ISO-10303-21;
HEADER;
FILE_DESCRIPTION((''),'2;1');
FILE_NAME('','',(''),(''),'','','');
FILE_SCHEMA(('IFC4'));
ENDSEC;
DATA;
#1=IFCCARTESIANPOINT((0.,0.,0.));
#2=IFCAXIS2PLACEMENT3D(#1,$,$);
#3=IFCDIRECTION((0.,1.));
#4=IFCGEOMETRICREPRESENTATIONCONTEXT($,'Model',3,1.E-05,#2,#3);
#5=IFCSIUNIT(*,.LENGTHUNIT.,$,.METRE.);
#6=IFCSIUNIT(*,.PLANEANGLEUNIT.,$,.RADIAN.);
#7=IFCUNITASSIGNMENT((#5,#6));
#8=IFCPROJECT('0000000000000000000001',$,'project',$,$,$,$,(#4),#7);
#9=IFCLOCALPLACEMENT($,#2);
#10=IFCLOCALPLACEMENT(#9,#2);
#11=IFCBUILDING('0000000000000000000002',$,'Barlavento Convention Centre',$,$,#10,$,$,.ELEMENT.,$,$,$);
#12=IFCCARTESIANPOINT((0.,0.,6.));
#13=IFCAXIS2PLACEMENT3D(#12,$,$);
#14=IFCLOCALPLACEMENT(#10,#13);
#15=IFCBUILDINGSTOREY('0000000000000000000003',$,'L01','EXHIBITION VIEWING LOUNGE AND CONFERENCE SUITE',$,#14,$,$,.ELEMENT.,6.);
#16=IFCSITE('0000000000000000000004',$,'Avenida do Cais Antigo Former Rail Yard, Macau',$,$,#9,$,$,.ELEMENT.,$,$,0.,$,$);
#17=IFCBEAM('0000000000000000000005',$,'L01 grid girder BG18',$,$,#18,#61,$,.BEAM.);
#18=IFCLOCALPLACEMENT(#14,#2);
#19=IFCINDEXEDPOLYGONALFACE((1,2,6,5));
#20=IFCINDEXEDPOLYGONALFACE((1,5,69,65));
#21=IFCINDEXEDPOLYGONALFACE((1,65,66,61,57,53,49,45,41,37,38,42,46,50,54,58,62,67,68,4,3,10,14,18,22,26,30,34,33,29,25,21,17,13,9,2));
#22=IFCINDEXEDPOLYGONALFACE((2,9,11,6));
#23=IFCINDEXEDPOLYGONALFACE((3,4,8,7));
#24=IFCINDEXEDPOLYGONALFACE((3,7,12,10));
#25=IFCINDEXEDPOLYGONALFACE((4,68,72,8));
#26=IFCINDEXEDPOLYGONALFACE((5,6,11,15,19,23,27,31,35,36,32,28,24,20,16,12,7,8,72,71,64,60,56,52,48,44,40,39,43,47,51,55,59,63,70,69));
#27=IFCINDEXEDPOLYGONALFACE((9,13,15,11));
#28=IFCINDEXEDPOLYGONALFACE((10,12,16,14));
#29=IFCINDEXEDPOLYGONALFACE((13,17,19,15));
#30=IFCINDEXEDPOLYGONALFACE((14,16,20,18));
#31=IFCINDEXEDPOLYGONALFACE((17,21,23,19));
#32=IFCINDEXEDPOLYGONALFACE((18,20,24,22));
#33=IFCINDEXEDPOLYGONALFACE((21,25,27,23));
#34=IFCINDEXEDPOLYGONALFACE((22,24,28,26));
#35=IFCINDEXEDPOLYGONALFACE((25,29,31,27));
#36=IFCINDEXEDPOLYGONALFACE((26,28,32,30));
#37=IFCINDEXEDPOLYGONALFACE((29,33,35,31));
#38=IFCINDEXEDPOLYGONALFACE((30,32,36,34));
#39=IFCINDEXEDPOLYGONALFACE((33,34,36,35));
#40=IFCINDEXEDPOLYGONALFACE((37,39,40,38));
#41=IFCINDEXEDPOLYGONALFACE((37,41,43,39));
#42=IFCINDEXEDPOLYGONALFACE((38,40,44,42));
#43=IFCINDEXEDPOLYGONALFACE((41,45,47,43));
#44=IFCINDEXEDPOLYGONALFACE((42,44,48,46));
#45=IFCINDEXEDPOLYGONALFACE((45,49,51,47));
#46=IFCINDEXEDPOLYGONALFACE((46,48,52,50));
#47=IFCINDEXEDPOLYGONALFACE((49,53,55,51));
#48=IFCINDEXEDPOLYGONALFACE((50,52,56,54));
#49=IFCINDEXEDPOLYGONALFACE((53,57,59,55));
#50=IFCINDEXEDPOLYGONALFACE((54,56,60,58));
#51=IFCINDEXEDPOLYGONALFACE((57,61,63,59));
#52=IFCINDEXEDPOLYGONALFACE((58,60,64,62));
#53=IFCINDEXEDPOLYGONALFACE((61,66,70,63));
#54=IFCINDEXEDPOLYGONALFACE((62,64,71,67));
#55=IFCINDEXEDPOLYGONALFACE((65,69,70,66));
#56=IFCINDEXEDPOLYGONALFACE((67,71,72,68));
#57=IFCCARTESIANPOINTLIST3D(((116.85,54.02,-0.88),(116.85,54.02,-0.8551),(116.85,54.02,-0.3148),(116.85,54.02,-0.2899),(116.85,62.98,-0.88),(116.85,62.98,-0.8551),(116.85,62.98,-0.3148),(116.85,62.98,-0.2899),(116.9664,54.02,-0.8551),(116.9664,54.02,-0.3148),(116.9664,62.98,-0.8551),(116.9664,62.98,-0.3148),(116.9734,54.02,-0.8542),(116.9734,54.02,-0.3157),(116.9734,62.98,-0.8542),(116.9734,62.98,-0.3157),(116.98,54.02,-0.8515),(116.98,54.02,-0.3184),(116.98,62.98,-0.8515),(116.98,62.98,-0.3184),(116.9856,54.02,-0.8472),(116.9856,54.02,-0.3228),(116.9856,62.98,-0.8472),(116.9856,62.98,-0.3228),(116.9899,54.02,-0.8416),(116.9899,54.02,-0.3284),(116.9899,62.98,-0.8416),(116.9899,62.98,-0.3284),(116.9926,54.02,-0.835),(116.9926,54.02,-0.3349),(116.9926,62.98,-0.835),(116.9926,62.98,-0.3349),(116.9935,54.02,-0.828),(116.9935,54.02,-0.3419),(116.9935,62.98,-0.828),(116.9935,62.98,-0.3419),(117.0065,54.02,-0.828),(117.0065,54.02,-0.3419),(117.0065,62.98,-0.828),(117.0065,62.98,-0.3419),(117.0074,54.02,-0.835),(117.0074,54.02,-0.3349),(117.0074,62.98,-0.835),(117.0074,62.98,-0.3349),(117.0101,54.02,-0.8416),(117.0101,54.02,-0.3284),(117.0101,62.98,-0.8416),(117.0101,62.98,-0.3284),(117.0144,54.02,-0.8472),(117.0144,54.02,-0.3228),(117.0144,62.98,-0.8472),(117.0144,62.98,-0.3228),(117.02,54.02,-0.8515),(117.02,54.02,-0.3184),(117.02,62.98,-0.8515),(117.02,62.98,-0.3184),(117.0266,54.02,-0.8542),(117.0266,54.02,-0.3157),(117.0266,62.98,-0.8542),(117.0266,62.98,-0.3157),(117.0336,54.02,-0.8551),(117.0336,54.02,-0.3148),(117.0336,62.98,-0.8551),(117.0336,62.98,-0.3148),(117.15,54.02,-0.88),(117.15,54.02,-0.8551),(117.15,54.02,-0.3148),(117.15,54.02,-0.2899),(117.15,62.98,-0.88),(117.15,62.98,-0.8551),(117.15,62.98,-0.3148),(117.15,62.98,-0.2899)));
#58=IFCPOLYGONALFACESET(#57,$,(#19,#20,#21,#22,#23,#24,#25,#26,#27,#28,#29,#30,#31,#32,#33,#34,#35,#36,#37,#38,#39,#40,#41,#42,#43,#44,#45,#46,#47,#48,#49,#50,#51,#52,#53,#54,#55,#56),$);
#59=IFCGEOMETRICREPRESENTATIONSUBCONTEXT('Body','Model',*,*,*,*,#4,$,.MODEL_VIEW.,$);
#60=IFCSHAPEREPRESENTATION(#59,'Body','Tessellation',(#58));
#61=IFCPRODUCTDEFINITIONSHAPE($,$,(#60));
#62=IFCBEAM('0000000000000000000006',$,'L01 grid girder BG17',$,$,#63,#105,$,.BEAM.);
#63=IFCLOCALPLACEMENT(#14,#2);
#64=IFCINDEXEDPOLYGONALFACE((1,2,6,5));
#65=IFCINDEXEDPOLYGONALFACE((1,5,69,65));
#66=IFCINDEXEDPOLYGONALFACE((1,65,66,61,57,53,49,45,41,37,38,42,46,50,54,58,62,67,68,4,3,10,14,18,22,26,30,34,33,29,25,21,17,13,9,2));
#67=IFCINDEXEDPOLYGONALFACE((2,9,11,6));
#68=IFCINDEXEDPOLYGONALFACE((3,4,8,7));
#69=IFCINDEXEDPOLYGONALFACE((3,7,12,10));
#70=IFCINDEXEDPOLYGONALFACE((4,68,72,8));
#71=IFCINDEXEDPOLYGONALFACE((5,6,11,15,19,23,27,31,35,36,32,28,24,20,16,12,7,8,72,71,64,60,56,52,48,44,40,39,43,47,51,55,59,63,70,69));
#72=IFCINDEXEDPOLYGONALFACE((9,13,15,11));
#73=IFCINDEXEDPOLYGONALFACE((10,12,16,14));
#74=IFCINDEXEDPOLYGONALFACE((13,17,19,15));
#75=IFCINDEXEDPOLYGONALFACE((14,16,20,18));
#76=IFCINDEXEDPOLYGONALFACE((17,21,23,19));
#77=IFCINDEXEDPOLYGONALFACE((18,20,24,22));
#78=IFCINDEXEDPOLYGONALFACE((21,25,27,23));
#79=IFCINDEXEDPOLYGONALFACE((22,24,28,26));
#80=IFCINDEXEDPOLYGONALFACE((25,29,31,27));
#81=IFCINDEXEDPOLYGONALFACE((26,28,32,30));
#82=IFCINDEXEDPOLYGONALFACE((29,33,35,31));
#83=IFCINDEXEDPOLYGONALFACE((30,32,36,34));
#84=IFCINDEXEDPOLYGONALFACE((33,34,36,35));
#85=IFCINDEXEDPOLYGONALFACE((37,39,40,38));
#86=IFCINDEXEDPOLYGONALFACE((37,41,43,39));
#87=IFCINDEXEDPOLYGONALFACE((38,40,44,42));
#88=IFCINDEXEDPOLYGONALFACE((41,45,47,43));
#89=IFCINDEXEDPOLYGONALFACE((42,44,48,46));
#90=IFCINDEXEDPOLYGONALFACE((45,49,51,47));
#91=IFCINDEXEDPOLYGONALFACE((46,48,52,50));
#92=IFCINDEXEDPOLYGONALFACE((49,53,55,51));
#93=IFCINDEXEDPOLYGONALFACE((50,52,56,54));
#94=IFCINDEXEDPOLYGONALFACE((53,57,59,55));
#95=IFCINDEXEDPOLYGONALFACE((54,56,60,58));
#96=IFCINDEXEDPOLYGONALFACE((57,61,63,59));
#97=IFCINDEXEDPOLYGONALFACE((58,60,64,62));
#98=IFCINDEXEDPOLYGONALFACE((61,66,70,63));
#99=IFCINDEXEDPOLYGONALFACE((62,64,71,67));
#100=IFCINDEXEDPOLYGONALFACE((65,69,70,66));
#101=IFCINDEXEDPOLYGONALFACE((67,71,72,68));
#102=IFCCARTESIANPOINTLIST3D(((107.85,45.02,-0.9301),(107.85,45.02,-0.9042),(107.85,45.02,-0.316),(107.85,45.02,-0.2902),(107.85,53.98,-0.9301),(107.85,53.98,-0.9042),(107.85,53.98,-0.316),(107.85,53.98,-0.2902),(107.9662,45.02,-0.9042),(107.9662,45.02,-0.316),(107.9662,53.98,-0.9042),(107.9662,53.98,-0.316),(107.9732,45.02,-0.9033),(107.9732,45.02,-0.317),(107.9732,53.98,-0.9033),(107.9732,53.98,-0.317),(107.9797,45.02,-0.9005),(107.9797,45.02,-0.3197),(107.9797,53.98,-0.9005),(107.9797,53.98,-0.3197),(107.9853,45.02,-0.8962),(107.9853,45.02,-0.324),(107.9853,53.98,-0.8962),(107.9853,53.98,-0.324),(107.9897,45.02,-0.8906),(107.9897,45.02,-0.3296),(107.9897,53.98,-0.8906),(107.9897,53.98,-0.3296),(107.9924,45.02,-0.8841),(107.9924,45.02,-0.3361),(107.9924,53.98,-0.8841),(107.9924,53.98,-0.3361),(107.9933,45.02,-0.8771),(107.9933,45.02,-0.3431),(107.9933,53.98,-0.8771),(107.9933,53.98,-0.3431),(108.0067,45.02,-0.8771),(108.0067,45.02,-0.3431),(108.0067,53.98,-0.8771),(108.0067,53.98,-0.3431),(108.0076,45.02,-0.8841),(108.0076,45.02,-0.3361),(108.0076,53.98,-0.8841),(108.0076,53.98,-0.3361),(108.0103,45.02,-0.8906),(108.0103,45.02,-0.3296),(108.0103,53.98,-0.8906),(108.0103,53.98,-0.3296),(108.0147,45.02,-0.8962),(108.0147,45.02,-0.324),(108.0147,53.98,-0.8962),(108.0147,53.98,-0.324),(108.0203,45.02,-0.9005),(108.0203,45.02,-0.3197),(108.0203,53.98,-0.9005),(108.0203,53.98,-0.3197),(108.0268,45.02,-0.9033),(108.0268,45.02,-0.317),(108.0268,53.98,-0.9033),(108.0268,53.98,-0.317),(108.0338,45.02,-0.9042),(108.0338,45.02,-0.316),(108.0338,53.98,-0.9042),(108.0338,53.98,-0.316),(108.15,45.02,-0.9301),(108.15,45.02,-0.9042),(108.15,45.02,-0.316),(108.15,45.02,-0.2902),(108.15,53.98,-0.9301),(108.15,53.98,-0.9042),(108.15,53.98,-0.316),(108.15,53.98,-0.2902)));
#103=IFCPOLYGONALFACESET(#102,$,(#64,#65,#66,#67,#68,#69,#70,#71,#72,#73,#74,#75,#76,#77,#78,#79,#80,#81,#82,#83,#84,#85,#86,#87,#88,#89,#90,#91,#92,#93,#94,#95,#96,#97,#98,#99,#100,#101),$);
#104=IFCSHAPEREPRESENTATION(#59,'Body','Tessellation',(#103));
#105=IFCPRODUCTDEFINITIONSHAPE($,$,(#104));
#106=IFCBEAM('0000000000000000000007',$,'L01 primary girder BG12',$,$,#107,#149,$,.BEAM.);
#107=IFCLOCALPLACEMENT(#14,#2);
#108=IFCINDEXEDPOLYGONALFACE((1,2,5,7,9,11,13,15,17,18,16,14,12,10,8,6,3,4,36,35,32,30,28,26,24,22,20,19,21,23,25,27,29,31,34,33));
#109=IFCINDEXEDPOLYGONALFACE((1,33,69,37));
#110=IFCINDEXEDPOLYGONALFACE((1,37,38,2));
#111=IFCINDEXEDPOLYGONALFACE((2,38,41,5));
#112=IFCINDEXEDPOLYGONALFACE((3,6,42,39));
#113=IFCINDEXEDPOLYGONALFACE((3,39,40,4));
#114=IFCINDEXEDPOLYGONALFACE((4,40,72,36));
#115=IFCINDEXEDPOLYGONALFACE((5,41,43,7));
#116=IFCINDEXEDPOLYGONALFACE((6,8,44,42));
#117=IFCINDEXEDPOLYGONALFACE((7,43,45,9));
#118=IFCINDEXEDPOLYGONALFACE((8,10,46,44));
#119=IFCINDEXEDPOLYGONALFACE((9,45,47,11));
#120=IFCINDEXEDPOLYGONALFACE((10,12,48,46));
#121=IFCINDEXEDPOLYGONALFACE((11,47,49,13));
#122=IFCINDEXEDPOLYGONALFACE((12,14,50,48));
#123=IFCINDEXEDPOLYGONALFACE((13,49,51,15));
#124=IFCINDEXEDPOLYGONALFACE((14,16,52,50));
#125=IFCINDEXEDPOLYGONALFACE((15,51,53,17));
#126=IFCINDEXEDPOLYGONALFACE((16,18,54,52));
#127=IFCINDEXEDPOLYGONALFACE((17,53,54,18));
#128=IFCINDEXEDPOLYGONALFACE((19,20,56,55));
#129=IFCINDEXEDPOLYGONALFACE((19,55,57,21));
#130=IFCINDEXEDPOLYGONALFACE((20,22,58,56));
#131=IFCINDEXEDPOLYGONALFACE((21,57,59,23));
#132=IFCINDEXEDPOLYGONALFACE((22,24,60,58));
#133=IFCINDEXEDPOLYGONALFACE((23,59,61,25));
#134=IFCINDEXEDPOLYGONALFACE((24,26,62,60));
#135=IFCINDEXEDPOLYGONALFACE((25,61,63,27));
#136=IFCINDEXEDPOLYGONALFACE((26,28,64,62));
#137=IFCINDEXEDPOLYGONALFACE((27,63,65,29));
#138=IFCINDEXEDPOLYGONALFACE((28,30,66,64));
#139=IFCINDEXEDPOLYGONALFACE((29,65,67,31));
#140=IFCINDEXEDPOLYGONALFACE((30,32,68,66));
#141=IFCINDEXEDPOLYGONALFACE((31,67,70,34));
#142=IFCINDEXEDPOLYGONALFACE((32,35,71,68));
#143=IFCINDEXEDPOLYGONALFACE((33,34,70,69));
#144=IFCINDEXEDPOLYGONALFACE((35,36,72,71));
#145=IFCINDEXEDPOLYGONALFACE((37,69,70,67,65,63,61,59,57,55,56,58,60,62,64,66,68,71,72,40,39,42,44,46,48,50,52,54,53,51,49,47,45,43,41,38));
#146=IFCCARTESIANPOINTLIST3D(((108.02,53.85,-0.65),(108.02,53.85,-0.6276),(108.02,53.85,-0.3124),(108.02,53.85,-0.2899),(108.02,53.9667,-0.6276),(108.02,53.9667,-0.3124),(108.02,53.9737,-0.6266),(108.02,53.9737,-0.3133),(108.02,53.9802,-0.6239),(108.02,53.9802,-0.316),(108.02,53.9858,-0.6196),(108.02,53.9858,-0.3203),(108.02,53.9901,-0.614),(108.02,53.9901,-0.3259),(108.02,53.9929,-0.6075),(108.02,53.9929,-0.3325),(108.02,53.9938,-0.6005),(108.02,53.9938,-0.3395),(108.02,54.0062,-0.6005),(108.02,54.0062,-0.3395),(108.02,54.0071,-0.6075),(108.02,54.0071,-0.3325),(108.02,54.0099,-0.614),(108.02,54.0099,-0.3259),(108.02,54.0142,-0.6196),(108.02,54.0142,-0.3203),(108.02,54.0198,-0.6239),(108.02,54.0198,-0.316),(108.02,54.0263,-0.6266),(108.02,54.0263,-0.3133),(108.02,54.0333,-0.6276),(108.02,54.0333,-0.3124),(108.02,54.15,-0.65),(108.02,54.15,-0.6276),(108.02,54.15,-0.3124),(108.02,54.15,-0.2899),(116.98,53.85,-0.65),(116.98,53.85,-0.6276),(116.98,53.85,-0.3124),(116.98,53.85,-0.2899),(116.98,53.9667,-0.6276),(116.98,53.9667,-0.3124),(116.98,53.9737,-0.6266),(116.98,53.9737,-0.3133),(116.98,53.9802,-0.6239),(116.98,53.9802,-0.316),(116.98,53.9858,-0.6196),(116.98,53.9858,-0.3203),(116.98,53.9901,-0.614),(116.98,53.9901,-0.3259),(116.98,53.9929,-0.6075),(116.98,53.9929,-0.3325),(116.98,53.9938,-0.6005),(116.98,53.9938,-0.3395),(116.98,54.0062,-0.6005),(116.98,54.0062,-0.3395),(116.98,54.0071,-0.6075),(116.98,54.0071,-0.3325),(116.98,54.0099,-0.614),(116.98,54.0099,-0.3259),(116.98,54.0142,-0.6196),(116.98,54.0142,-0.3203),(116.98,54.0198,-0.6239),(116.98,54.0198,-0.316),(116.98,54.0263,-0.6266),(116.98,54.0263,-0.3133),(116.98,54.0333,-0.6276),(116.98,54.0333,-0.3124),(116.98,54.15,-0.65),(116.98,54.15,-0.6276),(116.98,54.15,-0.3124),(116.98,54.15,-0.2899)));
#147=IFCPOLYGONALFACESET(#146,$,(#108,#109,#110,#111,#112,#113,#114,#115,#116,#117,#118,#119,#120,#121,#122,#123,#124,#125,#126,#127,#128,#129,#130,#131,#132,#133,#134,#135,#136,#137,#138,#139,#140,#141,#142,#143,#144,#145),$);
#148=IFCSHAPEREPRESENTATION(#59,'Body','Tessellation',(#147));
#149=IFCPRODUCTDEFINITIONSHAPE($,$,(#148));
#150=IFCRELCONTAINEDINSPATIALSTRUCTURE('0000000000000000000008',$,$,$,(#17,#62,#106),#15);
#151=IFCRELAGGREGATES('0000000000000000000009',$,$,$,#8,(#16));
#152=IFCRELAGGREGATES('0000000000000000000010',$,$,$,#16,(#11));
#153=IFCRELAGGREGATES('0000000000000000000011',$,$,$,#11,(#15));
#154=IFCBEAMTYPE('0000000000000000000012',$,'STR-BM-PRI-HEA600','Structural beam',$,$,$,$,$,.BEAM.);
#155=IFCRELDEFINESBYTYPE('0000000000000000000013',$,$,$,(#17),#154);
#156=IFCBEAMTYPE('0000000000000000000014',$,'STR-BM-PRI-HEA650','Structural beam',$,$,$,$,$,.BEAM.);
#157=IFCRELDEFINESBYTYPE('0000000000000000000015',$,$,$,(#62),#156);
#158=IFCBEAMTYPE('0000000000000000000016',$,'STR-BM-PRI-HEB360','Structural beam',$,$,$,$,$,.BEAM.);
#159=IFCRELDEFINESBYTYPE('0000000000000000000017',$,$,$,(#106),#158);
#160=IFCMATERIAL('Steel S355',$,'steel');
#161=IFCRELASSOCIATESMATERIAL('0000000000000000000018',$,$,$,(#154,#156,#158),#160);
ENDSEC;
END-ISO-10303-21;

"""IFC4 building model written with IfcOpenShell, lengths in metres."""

from ifc_helpers import new_model, si_unit, direction, frame, origin, origin_2d, place, context, subcontext, project, spatial, i_section, extrude, material, material_profile, profile_set, type_object, element, save


model = new_model("IFC4")

# Units and contexts
model_context = context("Model", 3, precision=1e-05, world=origin(), true_north=direction((0.0, 1.0)))
body_context = subcontext(model_context, "Body", "Model", "MODEL_VIEW")
ifc_project = project(units=[si_unit("LENGTHUNIT", "METRE"), si_unit("PLANEANGLEUNIT", "RADIAN")], contexts=[model_context])

# Site, building, storey
site_placement = place(None, origin())
site = spatial("IfcSite", under=ifc_project, at=site_placement, Name="Avenida do Cais Antigo Former Rail Yard, Macau", CompositionType="ELEMENT", RefElevation=0.0)
building_placement = place(site_placement, origin())
building = spatial("IfcBuilding", under=site, at=building_placement, Name="Barlavento Convention Centre", CompositionType="ELEMENT")
storey_placement = place(building_placement, frame((0.0, 0.0, 6.0)))
storey = spatial("IfcBuildingStorey", under=building, at=storey_placement, Name="L01", Description="EXHIBITION VIEWING LOUNGE AND CONFERENCE SUITE", CompositionType="ELEMENT", Elevation=6.0)

# Shared definitions
ifc_material_1 = material(Name="Steel S355", Category="steel")

# Beams
ifc_material_profile_1 = material_profile(ifc_material_1, i_section(OverallWidth=0.3, OverallDepth=0.5901, WebThickness=0.0129, FlangeThickness=0.0249, FilletRadius=0.0271, at=origin_2d()), Name="HEA 600")
ifc_profile_set_1 = profile_set([ifc_material_profile_1], Name="Steel S355")
beam_type_1 = type_object("IfcBeamType", Name="STR-BM-PRI-HEA600", Description="Structural beam", PredefinedType="BEAM", material=ifc_profile_set_1)
beam_1_placement = place(storey_placement, frame((117.0, 54.02, -0.585), z_axis=(0.0, 1.0, 0.0), x_axis=(-1.0, 0.0, 0.0)))
element("IfcBeam", 1, at=beam_1_placement, inside=storey, type_object=beam_type_1, Name="L01 grid girder BG18", PredefinedType="BEAM", context=body_context, shape_type="SweptSolid", body=[
    extrude(i_section(OverallWidth=0.3, OverallDepth=0.5901, WebThickness=0.0129, FlangeThickness=0.0249, FilletRadius=0.0271, at=origin_2d()), origin(), (0.0, 0.0, 1.0), 8.96),
])
ifc_material_profile_2 = material_profile(ifc_material_1, i_section(OverallWidth=0.3, OverallDepth=0.6399, WebThickness=0.0134, FlangeThickness=0.0259, FilletRadius=0.0271, at=origin_2d()), Name="HEA 650")
ifc_profile_set_2 = profile_set([ifc_material_profile_2], Name="Steel S355")
beam_type_2 = type_object("IfcBeamType", Name="STR-BM-PRI-HEA650", Description="Structural beam", PredefinedType="BEAM", material=ifc_profile_set_2)
beam_2_placement = place(storey_placement, frame((108.0, 45.02, -0.6101), z_axis=(0.0, 1.0, 0.0), x_axis=(-1.0, 0.0, 0.0)))
element("IfcBeam", 2, at=beam_2_placement, inside=storey, type_object=beam_type_2, Name="L01 grid girder BG17", PredefinedType="BEAM", context=body_context, shape_type="SweptSolid", body=[
    extrude(i_section(OverallWidth=0.3, OverallDepth=0.6399, WebThickness=0.0134, FlangeThickness=0.0259, FilletRadius=0.0271, at=origin_2d()), origin(), (0.0, 0.0, 1.0), 8.96),
])
ifc_material_profile_3 = material_profile(ifc_material_1, i_section(OverallWidth=0.3, OverallDepth=0.3601, WebThickness=0.0125, FlangeThickness=0.0225, FilletRadius=0.0271, at=origin_2d()), Name="HEB 360")
ifc_profile_set_3 = profile_set([ifc_material_profile_3], Name="Steel S355")
beam_type_3 = type_object("IfcBeamType", Name="STR-BM-PRI-HEB360", Description="Structural beam", PredefinedType="BEAM", material=ifc_profile_set_3)
beam_3_placement = place(storey_placement, frame((108.02, 54.0, -0.47), z_axis=(1.0, 0.0, 0.0), x_axis=(0.0, 1.0, 0.0)))
element("IfcBeam", 3, at=beam_3_placement, inside=storey, type_object=beam_type_3, Name="L01 primary girder BG12", PredefinedType="BEAM", context=body_context, shape_type="SweptSolid", body=[
    extrude(i_section(OverallWidth=0.3, OverallDepth=0.3601, WebThickness=0.0125, FlangeThickness=0.0225, FilletRadius=0.0271, at=origin_2d()), origin(), (0.0, 0.0, 1.0), 8.96),
])

save(model, "model.ifc")
